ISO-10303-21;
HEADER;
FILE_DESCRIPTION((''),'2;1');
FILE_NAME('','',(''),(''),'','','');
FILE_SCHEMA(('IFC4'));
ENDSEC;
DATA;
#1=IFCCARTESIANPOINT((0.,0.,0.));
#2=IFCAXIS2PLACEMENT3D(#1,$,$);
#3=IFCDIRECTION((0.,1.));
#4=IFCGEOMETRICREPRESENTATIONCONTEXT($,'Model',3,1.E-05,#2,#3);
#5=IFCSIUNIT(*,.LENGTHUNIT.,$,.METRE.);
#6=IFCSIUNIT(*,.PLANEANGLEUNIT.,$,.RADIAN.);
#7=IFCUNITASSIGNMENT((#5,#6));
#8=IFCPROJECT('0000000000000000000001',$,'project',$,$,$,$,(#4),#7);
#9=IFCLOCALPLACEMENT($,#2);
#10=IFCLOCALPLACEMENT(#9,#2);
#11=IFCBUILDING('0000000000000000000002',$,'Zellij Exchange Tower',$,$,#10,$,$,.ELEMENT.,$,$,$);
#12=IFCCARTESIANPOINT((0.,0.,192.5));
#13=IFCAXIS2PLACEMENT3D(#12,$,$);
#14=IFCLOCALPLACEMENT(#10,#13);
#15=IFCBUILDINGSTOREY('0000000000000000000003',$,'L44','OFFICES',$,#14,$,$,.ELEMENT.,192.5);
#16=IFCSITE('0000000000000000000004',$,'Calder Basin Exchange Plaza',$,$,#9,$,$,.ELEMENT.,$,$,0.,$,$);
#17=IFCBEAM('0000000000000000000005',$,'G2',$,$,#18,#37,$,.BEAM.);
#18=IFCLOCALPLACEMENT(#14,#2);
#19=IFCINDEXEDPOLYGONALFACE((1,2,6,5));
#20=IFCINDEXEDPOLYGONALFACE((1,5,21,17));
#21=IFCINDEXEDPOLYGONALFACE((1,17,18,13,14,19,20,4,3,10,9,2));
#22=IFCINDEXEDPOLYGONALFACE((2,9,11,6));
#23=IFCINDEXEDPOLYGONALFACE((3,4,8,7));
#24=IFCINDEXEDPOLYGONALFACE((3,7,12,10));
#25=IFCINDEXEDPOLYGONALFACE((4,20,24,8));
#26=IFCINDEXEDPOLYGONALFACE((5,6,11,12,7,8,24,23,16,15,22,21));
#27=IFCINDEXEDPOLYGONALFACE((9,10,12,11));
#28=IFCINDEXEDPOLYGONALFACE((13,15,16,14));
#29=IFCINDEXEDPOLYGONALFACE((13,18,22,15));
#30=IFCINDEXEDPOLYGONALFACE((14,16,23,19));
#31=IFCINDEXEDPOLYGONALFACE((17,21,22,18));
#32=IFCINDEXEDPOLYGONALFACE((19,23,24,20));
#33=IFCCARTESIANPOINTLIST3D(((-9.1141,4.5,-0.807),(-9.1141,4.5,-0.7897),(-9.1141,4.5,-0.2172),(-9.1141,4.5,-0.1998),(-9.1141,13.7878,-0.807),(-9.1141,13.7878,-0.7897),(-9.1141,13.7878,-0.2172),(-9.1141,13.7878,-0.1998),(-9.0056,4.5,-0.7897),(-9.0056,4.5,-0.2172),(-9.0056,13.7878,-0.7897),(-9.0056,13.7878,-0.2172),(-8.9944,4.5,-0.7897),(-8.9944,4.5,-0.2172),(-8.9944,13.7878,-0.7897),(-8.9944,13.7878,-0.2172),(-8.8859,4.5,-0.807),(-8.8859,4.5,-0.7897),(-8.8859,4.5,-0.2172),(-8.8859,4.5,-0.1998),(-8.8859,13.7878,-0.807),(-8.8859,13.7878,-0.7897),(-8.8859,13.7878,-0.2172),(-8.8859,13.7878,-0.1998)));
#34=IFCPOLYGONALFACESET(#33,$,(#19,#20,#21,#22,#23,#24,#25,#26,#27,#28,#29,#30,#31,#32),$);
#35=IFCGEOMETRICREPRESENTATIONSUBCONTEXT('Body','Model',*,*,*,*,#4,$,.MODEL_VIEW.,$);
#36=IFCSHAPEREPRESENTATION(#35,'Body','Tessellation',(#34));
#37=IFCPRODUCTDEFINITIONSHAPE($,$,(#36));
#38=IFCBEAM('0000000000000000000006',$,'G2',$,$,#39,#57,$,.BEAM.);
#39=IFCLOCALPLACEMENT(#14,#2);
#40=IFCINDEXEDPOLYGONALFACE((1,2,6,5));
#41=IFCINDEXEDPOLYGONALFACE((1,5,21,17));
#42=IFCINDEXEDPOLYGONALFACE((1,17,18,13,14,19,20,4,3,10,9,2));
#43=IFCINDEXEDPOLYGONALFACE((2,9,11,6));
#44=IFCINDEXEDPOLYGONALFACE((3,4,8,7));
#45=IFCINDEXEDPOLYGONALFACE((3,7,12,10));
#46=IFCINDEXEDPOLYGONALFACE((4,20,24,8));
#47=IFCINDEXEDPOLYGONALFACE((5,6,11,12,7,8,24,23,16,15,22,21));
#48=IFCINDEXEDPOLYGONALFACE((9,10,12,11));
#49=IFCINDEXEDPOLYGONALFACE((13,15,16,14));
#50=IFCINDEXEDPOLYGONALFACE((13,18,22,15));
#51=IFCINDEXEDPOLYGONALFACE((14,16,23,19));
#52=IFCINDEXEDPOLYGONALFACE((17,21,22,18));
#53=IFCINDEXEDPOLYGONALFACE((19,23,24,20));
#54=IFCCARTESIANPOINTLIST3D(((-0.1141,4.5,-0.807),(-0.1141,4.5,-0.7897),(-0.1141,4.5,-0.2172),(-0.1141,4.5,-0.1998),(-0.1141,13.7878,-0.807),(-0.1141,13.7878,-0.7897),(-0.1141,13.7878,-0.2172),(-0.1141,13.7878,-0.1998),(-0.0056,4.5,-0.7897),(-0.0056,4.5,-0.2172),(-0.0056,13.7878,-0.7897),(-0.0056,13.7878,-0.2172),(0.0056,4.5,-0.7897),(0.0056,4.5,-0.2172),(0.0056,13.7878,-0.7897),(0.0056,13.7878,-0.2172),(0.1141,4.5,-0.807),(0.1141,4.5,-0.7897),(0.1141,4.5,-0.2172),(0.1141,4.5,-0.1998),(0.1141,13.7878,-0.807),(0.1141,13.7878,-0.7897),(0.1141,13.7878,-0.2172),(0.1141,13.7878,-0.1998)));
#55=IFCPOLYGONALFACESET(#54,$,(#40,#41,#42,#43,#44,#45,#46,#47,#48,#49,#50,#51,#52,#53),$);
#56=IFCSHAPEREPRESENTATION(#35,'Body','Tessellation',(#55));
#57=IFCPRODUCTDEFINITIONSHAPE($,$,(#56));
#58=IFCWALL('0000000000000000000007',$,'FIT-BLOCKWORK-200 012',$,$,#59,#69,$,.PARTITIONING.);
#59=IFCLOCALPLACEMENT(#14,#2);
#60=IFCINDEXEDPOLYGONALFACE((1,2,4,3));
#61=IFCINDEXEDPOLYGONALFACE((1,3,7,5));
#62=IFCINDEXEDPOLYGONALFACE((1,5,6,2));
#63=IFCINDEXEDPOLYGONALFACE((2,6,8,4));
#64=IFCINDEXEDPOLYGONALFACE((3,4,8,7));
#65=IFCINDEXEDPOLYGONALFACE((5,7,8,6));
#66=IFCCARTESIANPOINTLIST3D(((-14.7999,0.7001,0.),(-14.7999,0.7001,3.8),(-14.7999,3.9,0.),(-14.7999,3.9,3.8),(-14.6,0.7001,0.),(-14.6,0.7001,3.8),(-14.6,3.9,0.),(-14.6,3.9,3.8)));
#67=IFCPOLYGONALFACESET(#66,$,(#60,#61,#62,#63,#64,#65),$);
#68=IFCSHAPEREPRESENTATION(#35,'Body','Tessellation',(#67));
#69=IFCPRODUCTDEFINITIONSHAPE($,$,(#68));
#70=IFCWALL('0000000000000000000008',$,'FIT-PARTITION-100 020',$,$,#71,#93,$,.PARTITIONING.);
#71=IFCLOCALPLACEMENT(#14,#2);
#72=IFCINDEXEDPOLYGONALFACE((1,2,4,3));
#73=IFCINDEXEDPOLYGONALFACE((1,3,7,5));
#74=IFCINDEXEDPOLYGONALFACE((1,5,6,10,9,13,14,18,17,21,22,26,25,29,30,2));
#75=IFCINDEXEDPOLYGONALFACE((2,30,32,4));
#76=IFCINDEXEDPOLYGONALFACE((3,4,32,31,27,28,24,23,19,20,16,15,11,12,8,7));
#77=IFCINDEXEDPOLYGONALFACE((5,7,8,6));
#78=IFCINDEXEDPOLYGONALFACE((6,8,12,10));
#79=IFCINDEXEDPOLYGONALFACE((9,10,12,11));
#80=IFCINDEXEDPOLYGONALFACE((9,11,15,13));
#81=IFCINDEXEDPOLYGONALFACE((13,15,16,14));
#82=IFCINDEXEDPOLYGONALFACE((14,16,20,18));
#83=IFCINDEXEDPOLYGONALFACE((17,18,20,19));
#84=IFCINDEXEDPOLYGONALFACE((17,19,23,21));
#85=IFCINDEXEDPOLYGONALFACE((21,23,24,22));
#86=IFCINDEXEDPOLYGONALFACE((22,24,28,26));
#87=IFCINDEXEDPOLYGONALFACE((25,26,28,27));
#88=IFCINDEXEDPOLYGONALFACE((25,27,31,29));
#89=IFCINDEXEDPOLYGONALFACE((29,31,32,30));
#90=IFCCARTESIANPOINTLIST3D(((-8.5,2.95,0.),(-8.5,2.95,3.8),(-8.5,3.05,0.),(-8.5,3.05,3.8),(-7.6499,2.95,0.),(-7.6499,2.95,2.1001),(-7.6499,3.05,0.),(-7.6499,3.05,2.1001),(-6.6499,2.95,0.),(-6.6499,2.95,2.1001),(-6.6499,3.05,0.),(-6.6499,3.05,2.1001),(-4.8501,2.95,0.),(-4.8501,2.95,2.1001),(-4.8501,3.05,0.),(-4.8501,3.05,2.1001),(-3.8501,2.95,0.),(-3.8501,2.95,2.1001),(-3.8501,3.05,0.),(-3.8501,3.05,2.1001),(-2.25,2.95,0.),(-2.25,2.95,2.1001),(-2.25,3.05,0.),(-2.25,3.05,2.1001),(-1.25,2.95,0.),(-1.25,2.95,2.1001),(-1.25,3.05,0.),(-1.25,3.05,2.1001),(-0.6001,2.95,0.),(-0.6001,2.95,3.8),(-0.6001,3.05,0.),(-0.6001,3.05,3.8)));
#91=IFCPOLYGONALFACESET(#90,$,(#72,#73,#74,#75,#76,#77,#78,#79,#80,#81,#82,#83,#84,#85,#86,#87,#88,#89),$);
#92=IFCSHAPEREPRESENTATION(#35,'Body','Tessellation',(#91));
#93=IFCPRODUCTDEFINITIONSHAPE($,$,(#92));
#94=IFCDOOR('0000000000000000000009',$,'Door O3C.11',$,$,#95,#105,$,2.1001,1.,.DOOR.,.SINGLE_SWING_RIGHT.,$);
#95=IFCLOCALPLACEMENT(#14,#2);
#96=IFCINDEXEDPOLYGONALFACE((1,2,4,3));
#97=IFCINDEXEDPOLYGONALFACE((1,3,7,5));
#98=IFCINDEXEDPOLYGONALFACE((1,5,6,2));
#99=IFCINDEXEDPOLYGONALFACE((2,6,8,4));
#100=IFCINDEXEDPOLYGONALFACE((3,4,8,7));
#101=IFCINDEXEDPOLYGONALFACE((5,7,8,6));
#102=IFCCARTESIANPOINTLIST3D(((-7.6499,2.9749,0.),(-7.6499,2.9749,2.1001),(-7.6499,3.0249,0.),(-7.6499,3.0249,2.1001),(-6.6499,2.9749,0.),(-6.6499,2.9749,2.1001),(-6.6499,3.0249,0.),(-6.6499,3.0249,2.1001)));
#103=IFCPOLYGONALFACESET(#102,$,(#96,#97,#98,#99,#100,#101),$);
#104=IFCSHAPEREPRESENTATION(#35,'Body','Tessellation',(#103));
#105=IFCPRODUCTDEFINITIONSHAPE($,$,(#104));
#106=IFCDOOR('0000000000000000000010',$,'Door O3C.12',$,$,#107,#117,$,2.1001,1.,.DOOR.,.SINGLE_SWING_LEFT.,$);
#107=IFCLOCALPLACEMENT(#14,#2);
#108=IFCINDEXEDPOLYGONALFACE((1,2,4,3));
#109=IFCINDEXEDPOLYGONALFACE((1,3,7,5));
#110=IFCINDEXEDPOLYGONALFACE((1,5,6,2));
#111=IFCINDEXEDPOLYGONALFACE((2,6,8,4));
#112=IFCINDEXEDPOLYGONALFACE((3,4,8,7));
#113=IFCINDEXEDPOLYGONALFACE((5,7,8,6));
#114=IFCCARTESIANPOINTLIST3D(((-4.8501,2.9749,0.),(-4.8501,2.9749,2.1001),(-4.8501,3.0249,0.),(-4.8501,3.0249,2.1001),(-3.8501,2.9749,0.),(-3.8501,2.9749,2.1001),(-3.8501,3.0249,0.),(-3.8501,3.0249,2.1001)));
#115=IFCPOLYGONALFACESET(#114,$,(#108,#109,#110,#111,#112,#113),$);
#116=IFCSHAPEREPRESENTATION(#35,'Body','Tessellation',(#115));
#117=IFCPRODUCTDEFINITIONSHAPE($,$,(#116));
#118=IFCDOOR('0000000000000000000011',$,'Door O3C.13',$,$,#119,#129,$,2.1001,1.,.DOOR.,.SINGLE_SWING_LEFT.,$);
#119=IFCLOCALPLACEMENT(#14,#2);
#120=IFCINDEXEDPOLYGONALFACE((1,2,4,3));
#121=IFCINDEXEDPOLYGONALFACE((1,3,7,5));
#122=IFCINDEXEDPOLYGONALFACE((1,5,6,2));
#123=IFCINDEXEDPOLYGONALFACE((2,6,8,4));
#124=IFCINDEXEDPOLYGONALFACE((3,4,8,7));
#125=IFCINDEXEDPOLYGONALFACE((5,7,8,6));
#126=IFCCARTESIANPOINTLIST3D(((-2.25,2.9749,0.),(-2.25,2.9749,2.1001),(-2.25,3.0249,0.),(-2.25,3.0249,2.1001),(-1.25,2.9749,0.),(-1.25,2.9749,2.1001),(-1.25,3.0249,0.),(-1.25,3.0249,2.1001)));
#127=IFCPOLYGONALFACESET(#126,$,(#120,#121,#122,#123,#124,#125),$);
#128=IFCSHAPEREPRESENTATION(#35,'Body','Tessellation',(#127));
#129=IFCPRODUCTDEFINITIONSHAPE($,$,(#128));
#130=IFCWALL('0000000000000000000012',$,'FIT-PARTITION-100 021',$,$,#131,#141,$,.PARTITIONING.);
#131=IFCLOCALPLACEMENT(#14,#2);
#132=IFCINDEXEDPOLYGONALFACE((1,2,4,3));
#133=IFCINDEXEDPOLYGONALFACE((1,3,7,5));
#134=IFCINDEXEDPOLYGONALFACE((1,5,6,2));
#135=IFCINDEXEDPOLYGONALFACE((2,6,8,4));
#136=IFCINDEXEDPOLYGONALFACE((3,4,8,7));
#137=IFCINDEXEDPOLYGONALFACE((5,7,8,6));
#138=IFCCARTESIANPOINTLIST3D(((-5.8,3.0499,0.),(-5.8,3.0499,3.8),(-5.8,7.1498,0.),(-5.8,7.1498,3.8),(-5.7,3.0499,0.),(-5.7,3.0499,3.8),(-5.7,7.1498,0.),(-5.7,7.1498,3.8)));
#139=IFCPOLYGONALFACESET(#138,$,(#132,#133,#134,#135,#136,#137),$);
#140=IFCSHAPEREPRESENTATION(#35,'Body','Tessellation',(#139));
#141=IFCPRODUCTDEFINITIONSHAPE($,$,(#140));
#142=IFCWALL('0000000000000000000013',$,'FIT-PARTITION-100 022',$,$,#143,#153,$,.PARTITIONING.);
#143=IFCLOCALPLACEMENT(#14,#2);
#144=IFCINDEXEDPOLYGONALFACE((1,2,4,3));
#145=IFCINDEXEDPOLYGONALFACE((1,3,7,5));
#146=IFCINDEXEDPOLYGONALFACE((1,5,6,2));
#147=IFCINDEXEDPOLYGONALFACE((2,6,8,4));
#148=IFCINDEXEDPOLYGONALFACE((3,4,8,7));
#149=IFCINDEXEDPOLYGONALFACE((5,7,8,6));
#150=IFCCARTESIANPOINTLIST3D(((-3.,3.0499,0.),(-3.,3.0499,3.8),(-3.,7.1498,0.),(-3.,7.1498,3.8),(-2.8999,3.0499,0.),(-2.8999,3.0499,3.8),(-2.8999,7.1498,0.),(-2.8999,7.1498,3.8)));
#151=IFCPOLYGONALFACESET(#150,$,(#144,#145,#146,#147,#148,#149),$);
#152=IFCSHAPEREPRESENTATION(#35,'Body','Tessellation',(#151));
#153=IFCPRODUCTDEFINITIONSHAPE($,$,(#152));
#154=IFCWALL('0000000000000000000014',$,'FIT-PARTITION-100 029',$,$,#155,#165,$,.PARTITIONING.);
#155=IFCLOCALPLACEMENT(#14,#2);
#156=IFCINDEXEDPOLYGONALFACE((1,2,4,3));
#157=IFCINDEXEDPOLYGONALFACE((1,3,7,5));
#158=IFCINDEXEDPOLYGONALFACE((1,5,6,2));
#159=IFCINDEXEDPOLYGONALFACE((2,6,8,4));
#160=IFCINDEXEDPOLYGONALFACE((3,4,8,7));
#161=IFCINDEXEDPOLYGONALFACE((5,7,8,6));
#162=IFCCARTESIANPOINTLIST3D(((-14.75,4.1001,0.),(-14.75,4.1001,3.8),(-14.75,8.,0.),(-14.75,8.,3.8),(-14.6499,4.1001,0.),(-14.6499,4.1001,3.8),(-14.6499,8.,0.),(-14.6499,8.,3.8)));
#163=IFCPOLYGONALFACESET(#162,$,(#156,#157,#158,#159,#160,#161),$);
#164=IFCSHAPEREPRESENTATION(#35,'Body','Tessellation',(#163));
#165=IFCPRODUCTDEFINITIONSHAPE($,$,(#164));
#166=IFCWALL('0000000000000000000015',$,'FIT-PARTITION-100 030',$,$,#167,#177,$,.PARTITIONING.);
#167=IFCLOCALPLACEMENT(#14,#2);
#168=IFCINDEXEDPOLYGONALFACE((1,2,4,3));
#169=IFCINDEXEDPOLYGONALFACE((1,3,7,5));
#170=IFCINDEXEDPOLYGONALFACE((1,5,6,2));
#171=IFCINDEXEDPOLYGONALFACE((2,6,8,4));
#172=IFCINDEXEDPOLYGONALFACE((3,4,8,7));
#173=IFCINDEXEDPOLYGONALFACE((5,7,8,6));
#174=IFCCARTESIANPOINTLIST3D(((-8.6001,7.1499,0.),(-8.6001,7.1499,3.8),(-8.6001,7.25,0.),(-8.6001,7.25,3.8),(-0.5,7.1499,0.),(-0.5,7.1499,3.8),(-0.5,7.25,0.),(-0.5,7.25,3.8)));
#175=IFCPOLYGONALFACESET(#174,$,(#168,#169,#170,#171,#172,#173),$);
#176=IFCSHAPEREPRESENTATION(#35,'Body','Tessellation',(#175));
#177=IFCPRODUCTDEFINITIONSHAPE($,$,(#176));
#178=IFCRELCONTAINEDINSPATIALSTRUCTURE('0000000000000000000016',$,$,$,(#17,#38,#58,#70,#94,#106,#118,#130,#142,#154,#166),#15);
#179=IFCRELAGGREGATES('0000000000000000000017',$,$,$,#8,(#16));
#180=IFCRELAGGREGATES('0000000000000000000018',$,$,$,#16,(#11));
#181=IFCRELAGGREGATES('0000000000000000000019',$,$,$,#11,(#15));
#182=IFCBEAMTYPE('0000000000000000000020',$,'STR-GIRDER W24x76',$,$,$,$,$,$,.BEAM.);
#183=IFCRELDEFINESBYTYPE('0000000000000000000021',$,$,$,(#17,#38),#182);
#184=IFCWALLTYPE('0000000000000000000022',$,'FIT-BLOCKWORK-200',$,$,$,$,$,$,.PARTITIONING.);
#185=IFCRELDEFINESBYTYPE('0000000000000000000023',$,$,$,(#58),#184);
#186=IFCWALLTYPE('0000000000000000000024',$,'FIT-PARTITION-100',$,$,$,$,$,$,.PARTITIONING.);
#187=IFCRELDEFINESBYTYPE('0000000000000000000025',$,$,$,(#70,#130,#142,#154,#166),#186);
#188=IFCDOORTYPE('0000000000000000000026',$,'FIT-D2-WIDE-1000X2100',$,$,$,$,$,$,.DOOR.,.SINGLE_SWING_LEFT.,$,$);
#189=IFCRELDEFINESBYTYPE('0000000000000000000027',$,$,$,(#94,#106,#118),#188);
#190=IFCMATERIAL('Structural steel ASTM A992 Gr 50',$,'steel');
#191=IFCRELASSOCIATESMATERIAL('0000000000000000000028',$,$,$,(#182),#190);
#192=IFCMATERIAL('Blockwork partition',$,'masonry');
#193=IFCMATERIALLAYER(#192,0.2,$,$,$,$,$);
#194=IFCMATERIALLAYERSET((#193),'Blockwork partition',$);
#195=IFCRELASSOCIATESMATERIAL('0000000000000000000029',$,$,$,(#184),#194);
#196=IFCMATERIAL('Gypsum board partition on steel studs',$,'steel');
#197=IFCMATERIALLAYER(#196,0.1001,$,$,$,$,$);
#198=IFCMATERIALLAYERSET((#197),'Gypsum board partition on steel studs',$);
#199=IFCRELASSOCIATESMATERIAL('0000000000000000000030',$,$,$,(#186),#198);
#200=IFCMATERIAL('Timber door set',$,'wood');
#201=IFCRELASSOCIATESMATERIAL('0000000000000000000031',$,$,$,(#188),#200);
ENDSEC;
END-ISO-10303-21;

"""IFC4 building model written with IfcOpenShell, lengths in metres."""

from ifc_helpers import new_model, si_unit, direction, frame, frame_2d, origin, origin_2d, place, context, subcontext, project, spatial, rectangle, i_section, extrude, material, layer, layer_set, material_profile, profile_set, type_object, element, fill, save


model = new_model("IFC4")

# Units and contexts
model_context = context("Model", 3, precision=1e-05, world=origin(), true_north=direction((0.0, 1.0)))
body_context = subcontext(model_context, "Body", "Model", "MODEL_VIEW")
ifc_project = project(units=[si_unit("LENGTHUNIT", "METRE"), si_unit("PLANEANGLEUNIT", "RADIAN")], contexts=[model_context])

# Site, building, storey
site_placement = place(None, origin())
site = spatial("IfcSite", under=ifc_project, at=site_placement, Name="Calder Basin Exchange Plaza", CompositionType="ELEMENT", RefElevation=0.0)
building_placement = place(site_placement, origin())
building = spatial("IfcBuilding", under=site, at=building_placement, Name="Zellij Exchange Tower", CompositionType="ELEMENT")
storey_placement = place(building_placement, frame((0.0, 0.0, 192.5)))
storey = spatial("IfcBuildingStorey", under=building, at=storey_placement, Name="L44", Description="OFFICES", CompositionType="ELEMENT", Elevation=192.5)

# Beams
ifc_material_1 = material(Name="Structural steel ASTM A992 Gr 50", Category="steel")
ifc_material_profile_1 = material_profile(ifc_material_1, i_section(OverallWidth=0.2283, OverallDepth=0.6072, WebThickness=0.0112, FlangeThickness=0.0173, at=origin_2d()), Name="W24x76")
ifc_profile_set_1 = profile_set([ifc_material_profile_1], Name="Structural steel ASTM A992 Gr 50")
beam_type = type_object("IfcBeamType", Name="STR-GIRDER W24x76", PredefinedType="BEAM", material=ifc_profile_set_1)
for number, where, z_axis, x_axis, name in (
    (1, (-9.0, 4.5, -0.5034), (0.0, 1.0, 0.0), (-1.0, 0.0, 0.0), "G2"),
    (2, (0.0, 4.5, -0.5034), (0.0, 1.0, 0.0), (-1.0, 0.0, 0.0), "G2"),
):
    element("IfcBeam", number, at=place(storey_placement, frame(where, z_axis=z_axis, x_axis=x_axis)), inside=storey, type_object=beam_type, Name=name, PredefinedType="BEAM", context=body_context, shape_type="SweptSolid", body=[
        extrude(i_section(OverallWidth=0.2283, OverallDepth=0.6072, WebThickness=0.0112, FlangeThickness=0.0173, at=origin_2d()), origin(), (0.0, 0.0, 1.0), 9.2878),
    ])

# Wall
ifc_material_2 = material(Name="Blockwork partition", Category="masonry")
ifc_layer_1 = layer(ifc_material_2, 0.2)
ifc_layer_set_1 = layer_set([ifc_layer_1], Name="Blockwork partition")
wall_type_1 = type_object("IfcWallType", Name="FIT-BLOCKWORK-200", PredefinedType="PARTITIONING", material=ifc_layer_set_1)
wall_1_placement = place(storey_placement, frame((-14.7, 0.7, 0.0), z_axis=(0.0, 0.0, 1.0), x_axis=(0.0, 1.0, 0.0)))
element("IfcWall", 3, at=wall_1_placement, inside=storey, type_object=wall_type_1, Name="FIT-BLOCKWORK-200 012", PredefinedType="PARTITIONING", context=body_context, shape_type="SweptSolid", body=[
    extrude(rectangle(XDim=3.2, YDim=0.2, at=frame_2d((1.6001, 0.0))), origin(), (0.0, 0.0, 1.0), 3.8),
])

# Wall, openings, doors
ifc_material_3 = material(Name="Gypsum board partition on steel studs", Category="steel")
ifc_layer_2 = layer(ifc_material_3, 0.1001)
ifc_layer_set_2 = layer_set([ifc_layer_2], Name="Gypsum board partition on steel studs")
wall_type_2 = type_object("IfcWallType", Name="FIT-PARTITION-100", PredefinedType="PARTITIONING", material=ifc_layer_set_2)
wall_2_placement = place(storey_placement, frame((-8.5, 3.0, 0.0), z_axis=(0.0, 0.0, 1.0), x_axis=(1.0, 0.0, 0.0)))
wall_2 = element("IfcWall", 4, at=wall_2_placement, inside=storey, type_object=wall_type_2, Name="FIT-PARTITION-100 020", PredefinedType="PARTITIONING", context=body_context, shape_type="SweptSolid", body=[
    extrude(rectangle(XDim=7.8999, YDim=0.1001, at=frame_2d((3.95, 0.0))), origin(), (0.0, 0.0, 1.0), 3.8),
])
opening_1_placement = place(wall_2_placement, frame((0.8501, 0.0, 0.0)))
opening_1 = element("IfcOpeningElement", 5, at=opening_1_placement, cuts=wall_2, PredefinedType="OPENING", context=body_context, shape_type="SweptSolid", body=[
    extrude(rectangle(XDim=1.0, YDim=2.1001, at=frame_2d((0.5, 1.05))), frame((0.0, 0.062, 0.0), z_axis=(0.0, -1.0, 0.0), x_axis=(1.0, 0.0, 0.0)), (0.0, 0.0, 1.0), 0.124),
])
opening_2_placement = place(wall_2_placement, frame((3.6499, 0.0, 0.0)))
opening_2 = element("IfcOpeningElement", 6, at=opening_2_placement, cuts=wall_2, PredefinedType="OPENING", context=body_context, shape_type="SweptSolid", body=[
    extrude(rectangle(XDim=1.0, YDim=2.1001, at=frame_2d((0.5, 1.05))), frame((0.0, 0.062, 0.0), z_axis=(0.0, -1.0, 0.0), x_axis=(1.0, 0.0, 0.0)), (0.0, 0.0, 1.0), 0.124),
])
opening_3_placement = place(wall_2_placement, frame((6.25, 0.0, 0.0)))
opening_3 = element("IfcOpeningElement", 7, at=opening_3_placement, cuts=wall_2, PredefinedType="OPENING", context=body_context, shape_type="SweptSolid", body=[
    extrude(rectangle(XDim=1.0, YDim=2.1001, at=frame_2d((0.5, 1.05))), frame((0.0, 0.062, 0.0), z_axis=(0.0, -1.0, 0.0), x_axis=(1.0, 0.0, 0.0)), (0.0, 0.0, 1.0), 0.124),
])
ifc_material_4 = material(Name="Timber door set", Category="wood")
door_type = type_object("IfcDoorType", Name="FIT-D2-WIDE-1000X2100", OperationType="SINGLE_SWING_LEFT", PredefinedType="DOOR", material=ifc_material_4)
door_1_placement = place(opening_1_placement, origin())
door_1 = element("IfcDoor", 8, at=door_1_placement, inside=storey, type_object=door_type, Name="Door O3C.11", OperationType="SINGLE_SWING_RIGHT", OverallHeight=2.1001, OverallWidth=1.0, PredefinedType="DOOR", context=body_context, shape_type="SweptSolid", body=[
    extrude(rectangle(XDim=1.0, YDim=2.1001, at=frame_2d((0.5, 1.05))), frame((0.0, 0.0249, 0.0), z_axis=(0.0, -1.0, 0.0), x_axis=(1.0, 0.0, 0.0)), (0.0, 0.0, 1.0), 0.05),
])
fill(opening_1, door_1)
door_2_placement = place(opening_2_placement, origin())
door_2 = element("IfcDoor", 9, at=door_2_placement, inside=storey, type_object=door_type, Name="Door O3C.12", OperationType="SINGLE_SWING_LEFT", OverallHeight=2.1001, OverallWidth=1.0, PredefinedType="DOOR", context=body_context, shape_type="SweptSolid", body=[
    extrude(rectangle(XDim=1.0, YDim=2.1001, at=frame_2d((0.5, 1.05))), frame((0.0, 0.0249, 0.0), z_axis=(0.0, -1.0, 0.0), x_axis=(1.0, 0.0, 0.0)), (0.0, 0.0, 1.0), 0.05),
])
fill(opening_2, door_2)
door_3_placement = place(opening_3_placement, origin())
door_3 = element("IfcDoor", 10, at=door_3_placement, inside=storey, type_object=door_type, Name="Door O3C.13", OperationType="SINGLE_SWING_LEFT", OverallHeight=2.1001, OverallWidth=1.0, PredefinedType="DOOR", context=body_context, shape_type="SweptSolid", body=[
    extrude(rectangle(XDim=1.0, YDim=2.1001, at=frame_2d((0.5, 1.05))), frame((0.0, 0.0249, 0.0), z_axis=(0.0, -1.0, 0.0), x_axis=(1.0, 0.0, 0.0)), (0.0, 0.0, 1.0), 0.05),
])
fill(opening_3, door_3)

# Walls
for number, where, z_axis, x_axis, name in (
    (11, (-5.75, 3.05, 0.0), (0.0, 0.0, 1.0), (0.0, 1.0, 0.0), "FIT-PARTITION-100 021"),
    (12, (-2.95, 3.05, 0.0), (0.0, 0.0, 1.0), (0.0, 1.0, 0.0), "FIT-PARTITION-100 022"),
):
    element("IfcWall", number, at=place(storey_placement, frame(where, z_axis=z_axis, x_axis=x_axis)), inside=storey, type_object=wall_type_2, Name=name, PredefinedType="PARTITIONING", context=body_context, shape_type="SweptSolid", body=[
        extrude(rectangle(XDim=4.0999, YDim=0.1001, at=frame_2d((2.0498, 0.0))), origin(), (0.0, 0.0, 1.0), 3.8),
    ])
wall_3_placement = place(storey_placement, frame((-14.7, 4.1001, 0.0), z_axis=(0.0, 0.0, 1.0), x_axis=(0.0, 1.0, 0.0)))
element("IfcWall", 13, at=wall_3_placement, inside=storey, type_object=wall_type_2, Name="FIT-PARTITION-100 029", PredefinedType="PARTITIONING", context=body_context, shape_type="SweptSolid", body=[
    extrude(rectangle(XDim=3.8999, YDim=0.1001, at=frame_2d((1.95, 0.0))), origin(), (0.0, 0.0, 1.0), 3.8),
])
wall_4_placement = place(storey_placement, frame((-8.6001, 7.2, 0.0), z_axis=(0.0, 0.0, 1.0), x_axis=(1.0, 0.0, 0.0)))
element("IfcWall", 14, at=wall_4_placement, inside=storey, type_object=wall_type_2, Name="FIT-PARTITION-100 030", PredefinedType="PARTITIONING", context=body_context, shape_type="SweptSolid", body=[
    extrude(rectangle(XDim=8.1001, YDim=0.1001, at=frame_2d((4.05, 0.0))), origin(), (0.0, 0.0, 1.0), 3.8),
])

save(model, "model.ifc")
